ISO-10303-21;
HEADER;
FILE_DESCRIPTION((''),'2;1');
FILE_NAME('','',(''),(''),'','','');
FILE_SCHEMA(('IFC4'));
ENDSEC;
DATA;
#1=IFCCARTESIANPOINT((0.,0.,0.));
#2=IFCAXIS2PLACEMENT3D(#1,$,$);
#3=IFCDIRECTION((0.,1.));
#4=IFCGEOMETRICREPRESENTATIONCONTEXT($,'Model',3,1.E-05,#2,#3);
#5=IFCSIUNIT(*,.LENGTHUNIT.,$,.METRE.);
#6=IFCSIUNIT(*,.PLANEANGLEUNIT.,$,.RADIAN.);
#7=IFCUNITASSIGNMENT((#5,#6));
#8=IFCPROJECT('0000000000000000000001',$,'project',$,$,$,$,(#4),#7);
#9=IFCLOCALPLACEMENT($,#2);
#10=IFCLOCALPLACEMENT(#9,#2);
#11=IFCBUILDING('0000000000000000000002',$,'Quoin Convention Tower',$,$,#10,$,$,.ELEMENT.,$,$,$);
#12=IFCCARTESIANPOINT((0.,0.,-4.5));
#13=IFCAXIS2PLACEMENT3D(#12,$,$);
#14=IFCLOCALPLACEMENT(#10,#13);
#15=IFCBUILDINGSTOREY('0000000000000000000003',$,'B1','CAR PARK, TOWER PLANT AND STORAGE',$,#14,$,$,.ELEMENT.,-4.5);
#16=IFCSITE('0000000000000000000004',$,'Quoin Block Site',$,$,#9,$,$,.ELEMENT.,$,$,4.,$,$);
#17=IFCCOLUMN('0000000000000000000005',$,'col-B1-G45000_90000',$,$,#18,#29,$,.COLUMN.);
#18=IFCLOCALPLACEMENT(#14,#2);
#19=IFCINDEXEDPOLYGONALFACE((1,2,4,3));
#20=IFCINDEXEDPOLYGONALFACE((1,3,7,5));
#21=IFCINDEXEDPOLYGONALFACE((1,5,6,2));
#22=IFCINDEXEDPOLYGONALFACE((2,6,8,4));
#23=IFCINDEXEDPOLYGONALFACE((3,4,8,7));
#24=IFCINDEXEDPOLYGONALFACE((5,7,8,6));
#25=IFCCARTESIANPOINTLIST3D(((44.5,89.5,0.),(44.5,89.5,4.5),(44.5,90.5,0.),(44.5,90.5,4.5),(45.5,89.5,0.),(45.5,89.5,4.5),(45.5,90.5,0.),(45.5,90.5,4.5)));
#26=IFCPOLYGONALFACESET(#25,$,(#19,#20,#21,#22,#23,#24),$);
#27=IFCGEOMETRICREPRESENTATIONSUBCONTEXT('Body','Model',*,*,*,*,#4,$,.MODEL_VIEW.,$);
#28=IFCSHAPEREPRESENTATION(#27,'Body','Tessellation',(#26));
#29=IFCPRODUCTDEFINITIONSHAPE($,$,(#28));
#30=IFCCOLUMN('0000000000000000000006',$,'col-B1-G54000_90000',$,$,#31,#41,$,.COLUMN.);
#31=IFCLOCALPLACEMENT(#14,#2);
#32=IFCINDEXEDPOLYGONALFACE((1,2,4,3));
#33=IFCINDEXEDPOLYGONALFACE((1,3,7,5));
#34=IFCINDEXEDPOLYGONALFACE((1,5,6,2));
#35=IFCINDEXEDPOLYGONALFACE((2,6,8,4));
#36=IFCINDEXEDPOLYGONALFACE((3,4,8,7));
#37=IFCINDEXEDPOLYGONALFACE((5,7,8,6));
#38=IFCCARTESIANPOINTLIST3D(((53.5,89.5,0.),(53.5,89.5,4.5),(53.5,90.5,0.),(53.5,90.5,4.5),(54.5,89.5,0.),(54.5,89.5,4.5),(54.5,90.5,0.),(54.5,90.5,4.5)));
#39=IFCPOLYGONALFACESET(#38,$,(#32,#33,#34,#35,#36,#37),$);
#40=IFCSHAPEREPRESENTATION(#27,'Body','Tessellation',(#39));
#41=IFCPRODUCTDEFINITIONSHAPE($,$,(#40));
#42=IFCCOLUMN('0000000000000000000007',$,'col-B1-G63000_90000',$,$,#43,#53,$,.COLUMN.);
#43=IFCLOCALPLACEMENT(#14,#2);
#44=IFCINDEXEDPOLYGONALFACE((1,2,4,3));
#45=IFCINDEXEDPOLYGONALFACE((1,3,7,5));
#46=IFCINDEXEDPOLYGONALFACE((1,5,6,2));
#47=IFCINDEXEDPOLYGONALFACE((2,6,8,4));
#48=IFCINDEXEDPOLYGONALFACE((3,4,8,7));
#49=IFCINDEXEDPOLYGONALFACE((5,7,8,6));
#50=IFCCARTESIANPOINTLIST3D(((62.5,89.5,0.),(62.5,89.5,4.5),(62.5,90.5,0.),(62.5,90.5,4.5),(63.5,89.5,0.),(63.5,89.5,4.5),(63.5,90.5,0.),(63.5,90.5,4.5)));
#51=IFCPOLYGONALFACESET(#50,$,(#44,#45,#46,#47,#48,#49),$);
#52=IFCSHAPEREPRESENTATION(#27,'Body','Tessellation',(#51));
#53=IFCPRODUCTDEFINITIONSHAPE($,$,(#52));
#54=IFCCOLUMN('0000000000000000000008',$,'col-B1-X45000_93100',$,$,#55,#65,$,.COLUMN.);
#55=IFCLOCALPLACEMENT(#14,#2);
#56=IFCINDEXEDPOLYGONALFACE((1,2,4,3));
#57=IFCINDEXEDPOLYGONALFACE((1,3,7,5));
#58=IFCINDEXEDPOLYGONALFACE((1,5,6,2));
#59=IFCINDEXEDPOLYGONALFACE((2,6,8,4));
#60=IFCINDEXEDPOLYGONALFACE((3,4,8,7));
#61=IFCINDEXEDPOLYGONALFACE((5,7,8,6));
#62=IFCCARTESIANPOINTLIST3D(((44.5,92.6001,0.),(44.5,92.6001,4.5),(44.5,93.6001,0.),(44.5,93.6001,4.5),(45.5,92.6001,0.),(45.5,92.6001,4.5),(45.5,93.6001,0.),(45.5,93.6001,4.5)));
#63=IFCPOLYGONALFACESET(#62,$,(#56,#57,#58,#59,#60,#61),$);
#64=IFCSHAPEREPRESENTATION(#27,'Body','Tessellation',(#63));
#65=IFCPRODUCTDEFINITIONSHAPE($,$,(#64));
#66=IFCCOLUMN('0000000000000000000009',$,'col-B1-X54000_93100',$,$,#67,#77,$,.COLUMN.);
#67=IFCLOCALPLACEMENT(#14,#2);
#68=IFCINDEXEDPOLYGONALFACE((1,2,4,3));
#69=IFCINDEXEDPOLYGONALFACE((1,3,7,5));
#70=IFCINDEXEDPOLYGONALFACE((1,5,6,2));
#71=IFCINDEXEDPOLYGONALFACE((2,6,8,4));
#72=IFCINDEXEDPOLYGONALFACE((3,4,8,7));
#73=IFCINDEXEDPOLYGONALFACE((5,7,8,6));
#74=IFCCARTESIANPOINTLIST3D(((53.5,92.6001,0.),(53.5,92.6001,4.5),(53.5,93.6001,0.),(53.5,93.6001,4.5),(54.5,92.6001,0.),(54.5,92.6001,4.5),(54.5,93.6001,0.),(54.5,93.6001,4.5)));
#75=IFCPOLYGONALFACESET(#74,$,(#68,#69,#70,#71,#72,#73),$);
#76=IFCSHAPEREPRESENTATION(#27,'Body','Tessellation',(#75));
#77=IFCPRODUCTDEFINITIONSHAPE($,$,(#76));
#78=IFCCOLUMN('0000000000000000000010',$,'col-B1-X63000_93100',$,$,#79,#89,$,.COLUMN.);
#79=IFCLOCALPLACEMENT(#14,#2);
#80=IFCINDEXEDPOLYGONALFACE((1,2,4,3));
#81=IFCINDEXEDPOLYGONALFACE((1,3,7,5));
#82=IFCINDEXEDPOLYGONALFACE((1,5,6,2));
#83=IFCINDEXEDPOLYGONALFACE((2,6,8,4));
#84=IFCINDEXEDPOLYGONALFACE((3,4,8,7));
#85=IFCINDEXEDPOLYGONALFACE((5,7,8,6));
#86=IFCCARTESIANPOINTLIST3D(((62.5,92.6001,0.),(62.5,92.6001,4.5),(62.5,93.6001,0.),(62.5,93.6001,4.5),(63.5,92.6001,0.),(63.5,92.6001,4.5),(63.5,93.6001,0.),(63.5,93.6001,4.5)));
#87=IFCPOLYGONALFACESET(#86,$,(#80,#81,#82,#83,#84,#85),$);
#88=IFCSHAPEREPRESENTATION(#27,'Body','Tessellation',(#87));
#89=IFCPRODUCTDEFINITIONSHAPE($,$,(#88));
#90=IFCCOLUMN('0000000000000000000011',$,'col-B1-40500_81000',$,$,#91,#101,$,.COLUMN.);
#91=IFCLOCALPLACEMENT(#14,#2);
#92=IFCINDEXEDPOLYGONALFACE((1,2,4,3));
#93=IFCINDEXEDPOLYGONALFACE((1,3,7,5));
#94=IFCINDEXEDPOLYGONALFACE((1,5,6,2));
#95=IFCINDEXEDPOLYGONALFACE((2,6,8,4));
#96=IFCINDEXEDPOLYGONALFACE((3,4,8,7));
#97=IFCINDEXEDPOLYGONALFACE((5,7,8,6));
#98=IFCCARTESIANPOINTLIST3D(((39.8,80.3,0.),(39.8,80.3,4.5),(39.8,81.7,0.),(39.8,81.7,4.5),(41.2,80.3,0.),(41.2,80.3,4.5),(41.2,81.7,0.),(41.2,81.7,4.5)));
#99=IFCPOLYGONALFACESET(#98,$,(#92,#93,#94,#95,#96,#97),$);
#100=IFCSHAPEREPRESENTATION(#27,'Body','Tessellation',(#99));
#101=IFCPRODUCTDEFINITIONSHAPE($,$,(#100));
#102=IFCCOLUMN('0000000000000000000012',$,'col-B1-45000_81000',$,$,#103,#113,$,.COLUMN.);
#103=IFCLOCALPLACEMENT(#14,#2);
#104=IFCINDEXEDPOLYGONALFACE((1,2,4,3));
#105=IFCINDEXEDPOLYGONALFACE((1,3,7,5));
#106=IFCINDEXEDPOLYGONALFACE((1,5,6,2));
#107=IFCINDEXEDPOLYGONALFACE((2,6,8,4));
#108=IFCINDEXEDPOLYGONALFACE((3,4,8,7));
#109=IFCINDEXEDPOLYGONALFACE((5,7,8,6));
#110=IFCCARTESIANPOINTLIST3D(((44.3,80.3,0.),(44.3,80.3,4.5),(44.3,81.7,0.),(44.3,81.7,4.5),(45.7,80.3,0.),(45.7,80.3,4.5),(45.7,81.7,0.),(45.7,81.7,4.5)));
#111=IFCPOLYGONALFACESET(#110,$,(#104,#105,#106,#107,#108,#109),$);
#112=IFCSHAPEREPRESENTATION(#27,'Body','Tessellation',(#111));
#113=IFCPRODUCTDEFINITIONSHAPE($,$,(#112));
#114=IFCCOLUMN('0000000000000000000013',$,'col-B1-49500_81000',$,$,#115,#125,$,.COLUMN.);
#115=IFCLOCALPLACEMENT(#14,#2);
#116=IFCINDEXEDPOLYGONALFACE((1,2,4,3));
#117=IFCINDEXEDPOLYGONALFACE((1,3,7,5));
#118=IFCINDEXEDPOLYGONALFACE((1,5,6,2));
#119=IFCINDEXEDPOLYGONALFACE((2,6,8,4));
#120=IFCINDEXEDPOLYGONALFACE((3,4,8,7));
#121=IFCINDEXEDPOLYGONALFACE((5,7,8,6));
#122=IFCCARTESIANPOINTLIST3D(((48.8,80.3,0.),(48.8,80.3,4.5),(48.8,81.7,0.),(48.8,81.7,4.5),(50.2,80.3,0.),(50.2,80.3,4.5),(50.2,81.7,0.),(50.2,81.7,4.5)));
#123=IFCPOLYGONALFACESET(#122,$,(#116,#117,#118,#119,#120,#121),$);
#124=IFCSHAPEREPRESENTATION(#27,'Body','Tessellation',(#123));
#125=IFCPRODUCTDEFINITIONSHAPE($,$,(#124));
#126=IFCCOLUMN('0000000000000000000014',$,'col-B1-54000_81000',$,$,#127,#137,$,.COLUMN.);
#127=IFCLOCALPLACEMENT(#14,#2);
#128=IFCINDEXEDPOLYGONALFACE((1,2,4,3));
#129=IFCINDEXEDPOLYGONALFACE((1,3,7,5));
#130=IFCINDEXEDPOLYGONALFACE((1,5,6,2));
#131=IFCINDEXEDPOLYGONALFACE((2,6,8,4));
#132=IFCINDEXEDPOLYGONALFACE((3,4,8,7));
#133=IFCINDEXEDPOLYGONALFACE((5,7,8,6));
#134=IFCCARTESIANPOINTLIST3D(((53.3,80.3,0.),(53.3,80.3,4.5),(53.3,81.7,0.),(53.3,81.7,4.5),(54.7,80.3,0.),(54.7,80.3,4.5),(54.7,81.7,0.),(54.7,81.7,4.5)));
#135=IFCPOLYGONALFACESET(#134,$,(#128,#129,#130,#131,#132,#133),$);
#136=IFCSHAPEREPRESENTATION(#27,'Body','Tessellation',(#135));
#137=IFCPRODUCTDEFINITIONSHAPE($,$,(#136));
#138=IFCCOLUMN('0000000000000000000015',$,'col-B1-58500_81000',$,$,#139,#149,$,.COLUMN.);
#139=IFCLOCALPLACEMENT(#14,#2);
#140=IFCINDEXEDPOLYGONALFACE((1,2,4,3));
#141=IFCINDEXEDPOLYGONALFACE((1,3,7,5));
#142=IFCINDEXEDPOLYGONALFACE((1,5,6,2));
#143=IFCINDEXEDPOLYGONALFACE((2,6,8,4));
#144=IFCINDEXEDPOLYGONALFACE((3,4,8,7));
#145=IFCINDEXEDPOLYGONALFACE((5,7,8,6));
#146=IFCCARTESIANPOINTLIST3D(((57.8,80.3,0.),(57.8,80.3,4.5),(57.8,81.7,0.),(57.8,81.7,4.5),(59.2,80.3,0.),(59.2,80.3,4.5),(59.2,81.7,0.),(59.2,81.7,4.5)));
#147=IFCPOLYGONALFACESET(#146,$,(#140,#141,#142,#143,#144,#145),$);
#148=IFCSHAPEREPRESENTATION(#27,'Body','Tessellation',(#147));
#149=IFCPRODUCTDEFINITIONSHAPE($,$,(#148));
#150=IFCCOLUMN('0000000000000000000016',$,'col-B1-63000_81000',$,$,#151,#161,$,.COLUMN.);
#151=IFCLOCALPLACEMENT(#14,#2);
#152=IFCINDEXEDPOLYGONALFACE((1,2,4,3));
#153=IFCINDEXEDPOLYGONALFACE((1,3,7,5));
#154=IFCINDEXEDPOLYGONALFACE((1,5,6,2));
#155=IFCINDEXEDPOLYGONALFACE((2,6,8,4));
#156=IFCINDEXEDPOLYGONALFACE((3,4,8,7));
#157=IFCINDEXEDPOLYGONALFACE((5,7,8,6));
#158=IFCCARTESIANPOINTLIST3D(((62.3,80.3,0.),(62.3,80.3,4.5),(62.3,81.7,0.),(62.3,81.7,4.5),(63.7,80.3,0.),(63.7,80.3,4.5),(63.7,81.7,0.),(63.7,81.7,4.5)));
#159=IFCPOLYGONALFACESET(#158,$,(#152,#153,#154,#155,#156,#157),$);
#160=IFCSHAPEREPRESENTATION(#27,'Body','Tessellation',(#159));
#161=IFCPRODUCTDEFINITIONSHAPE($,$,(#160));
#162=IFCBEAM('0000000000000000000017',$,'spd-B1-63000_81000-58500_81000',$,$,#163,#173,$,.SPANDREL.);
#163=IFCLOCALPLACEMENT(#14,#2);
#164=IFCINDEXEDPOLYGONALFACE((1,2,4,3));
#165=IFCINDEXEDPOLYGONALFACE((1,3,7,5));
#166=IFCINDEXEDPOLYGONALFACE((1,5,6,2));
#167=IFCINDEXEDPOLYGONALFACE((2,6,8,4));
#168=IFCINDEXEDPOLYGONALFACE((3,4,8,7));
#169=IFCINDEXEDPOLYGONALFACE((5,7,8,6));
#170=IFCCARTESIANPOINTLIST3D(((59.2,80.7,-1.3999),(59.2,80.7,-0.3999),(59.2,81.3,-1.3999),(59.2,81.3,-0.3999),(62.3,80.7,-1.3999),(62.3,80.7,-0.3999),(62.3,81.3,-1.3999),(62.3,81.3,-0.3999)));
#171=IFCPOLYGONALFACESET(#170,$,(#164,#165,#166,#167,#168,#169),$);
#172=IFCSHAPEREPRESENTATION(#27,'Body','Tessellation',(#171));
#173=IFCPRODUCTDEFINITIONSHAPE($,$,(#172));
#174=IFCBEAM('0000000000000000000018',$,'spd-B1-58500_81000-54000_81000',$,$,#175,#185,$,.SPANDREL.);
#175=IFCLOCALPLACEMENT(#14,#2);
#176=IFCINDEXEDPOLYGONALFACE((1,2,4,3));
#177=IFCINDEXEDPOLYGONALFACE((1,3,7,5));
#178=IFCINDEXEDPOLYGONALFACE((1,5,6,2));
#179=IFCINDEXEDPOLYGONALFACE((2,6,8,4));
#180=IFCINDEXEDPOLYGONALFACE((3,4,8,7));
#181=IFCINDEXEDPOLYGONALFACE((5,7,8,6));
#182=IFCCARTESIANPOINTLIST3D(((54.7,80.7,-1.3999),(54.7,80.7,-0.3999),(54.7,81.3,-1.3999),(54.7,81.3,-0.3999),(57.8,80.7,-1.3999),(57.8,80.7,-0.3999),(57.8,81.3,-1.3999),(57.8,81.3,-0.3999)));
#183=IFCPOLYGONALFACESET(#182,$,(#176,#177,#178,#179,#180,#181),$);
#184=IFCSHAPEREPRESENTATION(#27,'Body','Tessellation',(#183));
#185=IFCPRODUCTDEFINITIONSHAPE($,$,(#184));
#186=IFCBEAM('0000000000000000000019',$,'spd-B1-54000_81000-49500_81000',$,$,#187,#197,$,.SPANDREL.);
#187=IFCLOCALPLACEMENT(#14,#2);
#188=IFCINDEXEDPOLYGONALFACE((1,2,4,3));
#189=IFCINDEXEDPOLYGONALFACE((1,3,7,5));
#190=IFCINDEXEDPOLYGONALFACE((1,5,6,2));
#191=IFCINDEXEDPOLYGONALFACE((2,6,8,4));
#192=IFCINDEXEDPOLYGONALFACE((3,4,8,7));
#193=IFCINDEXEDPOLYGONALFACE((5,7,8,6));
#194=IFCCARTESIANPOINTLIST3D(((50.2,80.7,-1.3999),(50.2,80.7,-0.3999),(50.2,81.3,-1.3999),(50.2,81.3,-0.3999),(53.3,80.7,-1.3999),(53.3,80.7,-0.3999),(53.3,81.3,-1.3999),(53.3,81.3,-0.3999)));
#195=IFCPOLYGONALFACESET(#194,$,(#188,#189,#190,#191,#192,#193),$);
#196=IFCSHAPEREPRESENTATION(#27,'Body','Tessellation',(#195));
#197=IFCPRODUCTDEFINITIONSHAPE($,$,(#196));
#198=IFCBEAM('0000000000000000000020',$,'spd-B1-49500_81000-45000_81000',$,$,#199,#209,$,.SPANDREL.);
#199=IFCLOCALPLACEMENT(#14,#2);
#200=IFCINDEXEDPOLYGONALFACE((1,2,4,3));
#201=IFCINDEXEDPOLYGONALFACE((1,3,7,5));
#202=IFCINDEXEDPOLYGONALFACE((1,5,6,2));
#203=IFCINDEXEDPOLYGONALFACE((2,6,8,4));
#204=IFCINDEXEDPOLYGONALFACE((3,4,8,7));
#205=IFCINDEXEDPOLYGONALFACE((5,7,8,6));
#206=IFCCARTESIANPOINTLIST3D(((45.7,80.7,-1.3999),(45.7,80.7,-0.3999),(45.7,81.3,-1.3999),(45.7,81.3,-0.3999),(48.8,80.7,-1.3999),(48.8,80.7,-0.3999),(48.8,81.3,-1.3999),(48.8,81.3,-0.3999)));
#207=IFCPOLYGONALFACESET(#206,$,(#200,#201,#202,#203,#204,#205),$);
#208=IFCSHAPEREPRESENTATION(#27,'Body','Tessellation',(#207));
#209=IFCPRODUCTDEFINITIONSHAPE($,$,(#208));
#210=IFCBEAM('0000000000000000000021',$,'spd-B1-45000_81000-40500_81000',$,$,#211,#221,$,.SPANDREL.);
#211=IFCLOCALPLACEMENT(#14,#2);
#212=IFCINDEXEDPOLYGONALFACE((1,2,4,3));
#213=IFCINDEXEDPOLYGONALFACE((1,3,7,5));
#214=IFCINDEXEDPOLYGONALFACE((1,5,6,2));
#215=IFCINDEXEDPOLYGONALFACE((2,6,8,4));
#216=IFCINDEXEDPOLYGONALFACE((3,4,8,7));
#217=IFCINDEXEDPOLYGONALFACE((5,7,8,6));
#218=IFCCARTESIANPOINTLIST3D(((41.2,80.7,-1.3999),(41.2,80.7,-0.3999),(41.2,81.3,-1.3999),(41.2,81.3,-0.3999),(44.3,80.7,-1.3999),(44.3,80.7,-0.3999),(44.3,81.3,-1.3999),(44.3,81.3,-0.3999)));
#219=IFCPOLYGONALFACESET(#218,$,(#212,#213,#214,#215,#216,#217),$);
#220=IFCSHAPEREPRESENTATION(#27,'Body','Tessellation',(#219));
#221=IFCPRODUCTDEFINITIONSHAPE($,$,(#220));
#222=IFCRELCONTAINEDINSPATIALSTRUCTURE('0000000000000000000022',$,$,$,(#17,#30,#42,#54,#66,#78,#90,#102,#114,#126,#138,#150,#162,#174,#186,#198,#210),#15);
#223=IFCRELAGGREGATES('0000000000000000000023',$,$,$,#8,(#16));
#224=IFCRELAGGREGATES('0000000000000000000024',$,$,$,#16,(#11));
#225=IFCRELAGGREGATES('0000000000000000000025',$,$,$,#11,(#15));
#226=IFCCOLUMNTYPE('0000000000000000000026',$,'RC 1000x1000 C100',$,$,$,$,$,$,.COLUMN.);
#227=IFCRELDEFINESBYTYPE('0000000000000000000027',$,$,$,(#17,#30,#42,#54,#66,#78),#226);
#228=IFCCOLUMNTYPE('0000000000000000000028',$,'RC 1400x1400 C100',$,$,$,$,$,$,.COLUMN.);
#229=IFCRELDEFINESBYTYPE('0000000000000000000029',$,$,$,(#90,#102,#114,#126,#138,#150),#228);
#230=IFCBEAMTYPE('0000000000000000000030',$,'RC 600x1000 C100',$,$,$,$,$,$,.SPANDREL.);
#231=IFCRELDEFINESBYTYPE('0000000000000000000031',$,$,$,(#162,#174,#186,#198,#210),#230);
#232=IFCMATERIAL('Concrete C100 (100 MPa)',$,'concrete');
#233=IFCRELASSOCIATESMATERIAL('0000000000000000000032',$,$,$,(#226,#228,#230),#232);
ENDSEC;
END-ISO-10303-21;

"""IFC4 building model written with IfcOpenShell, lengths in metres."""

from ifc_helpers import new_model, si_unit, direction, frame, origin, origin_2d, place, context, subcontext, project, spatial, rectangle, extrude, material, material_profile, profile_set, type_object, element, save


model = new_model("IFC4")

# Units and contexts
model_context = context("Model", 3, precision=1e-05, world=origin(), true_north=direction((0.0, 1.0)))
body_context = subcontext(model_context, "Body", "Model", "MODEL_VIEW")
ifc_project = project(units=[si_unit("LENGTHUNIT", "METRE"), si_unit("PLANEANGLEUNIT", "RADIAN")], contexts=[model_context])

# Site, building, storey
site_placement = place(None, origin())
site = spatial("IfcSite", under=ifc_project, at=site_placement, Name="Quoin Block Site", CompositionType="ELEMENT", RefElevation=4.0)
building_placement = place(site_placement, origin())
building = spatial("IfcBuilding", under=site, at=building_placement, Name="Quoin Convention Tower", CompositionType="ELEMENT")
storey_placement = place(building_placement, frame((0.0, 0.0, -4.5)))
storey = spatial("IfcBuildingStorey", under=building, at=storey_placement, Name="B1", Description="CAR PARK, TOWER PLANT AND STORAGE", CompositionType="ELEMENT", Elevation=-4.5)

# Columns
ifc_material = material(Name="Concrete C100 (100 MPa)", Category="concrete")
ifc_material_profile_1 = material_profile(ifc_material, rectangle(XDim=1.0, YDim=1.0, at=origin_2d()), Name="RC 1000x1000")
ifc_profile_set_1 = profile_set([ifc_material_profile_1], Name="Concrete C100 (100 MPa)")
column_type_1 = type_object("IfcColumnType", Name="RC 1000x1000 C100", PredefinedType="COLUMN", material=ifc_profile_set_1)
for number, where, z_axis, x_axis, name in (
    (1, (45.0, 90.0, 0.0), (0.0, 0.0, 1.0), (1.0, 0.0, 0.0), "col-B1-G45000_90000"),
    (2, (54.0, 90.0, 0.0), (0.0, 0.0, 1.0), (1.0, 0.0, 0.0), "col-B1-G54000_90000"),
    (3, (63.0, 90.0, 0.0), (0.0, 0.0, 1.0), (1.0, 0.0, 0.0), "col-B1-G63000_90000"),
    (4, (45.0, 93.1001, 0.0), (0.0, 0.0, 1.0), (1.0, 0.0, 0.0), "col-B1-X45000_93100"),
    (5, (54.0, 93.1001, 0.0), (0.0, 0.0, 1.0), (1.0, 0.0, 0.0), "col-B1-X54000_93100"),
    (6, (63.0, 93.1001, 0.0), (0.0, 0.0, 1.0), (1.0, 0.0, 0.0), "col-B1-X63000_93100"),
):
    element("IfcColumn", number, at=place(storey_placement, frame(where, z_axis=z_axis, x_axis=x_axis)), inside=storey, type_object=column_type_1, Name=name, PredefinedType="COLUMN", context=body_context, shape_type="SweptSolid", body=[
        extrude(rectangle(XDim=1.0, YDim=1.0, at=origin_2d()), origin(), (0.0, 0.0, 1.0), 4.5),
    ])
ifc_material_profile_2 = material_profile(ifc_material, rectangle(XDim=1.3999, YDim=1.3999, at=origin_2d()), Name="RC 1400x1400")
ifc_profile_set_2 = profile_set([ifc_material_profile_2], Name="Concrete C100 (100 MPa)")
column_type_2 = type_object("IfcColumnType", Name="RC 1400x1400 C100", PredefinedType="COLUMN", material=ifc_profile_set_2)
for number, where, z_axis, x_axis, name in (
    (7, (40.5, 81.0, 0.0), (0.0, 0.0, 1.0), (1.0, 0.0, 0.0), "col-B1-40500_81000"),
    (8, (45.0, 81.0, 0.0), (0.0, 0.0, 1.0), (1.0, 0.0, 0.0), "col-B1-45000_81000"),
    (9, (49.5, 81.0, 0.0), (0.0, 0.0, 1.0), (1.0, 0.0, 0.0), "col-B1-49500_81000"),
    (10, (54.0, 81.0, 0.0), (0.0, 0.0, 1.0), (1.0, 0.0, 0.0), "col-B1-54000_81000"),
    (11, (58.5, 81.0, 0.0), (0.0, 0.0, 1.0), (1.0, 0.0, 0.0), "col-B1-58500_81000"),
    (12, (63.0, 81.0, 0.0), (0.0, 0.0, 1.0), (1.0, 0.0, 0.0), "col-B1-63000_81000"),
):
    element("IfcColumn", number, at=place(storey_placement, frame(where, z_axis=z_axis, x_axis=x_axis)), inside=storey, type_object=column_type_2, Name=name, PredefinedType="COLUMN", context=body_context, shape_type="SweptSolid", body=[
        extrude(rectangle(XDim=1.3999, YDim=1.3999, at=origin_2d()), origin(), (0.0, 0.0, 1.0), 4.5),
    ])

# Beams
ifc_material_profile_3 = material_profile(ifc_material, rectangle(XDim=0.6001, YDim=1.0, at=origin_2d()), Name="RC 600x1000")
ifc_profile_set_3 = profile_set([ifc_material_profile_3], Name="Concrete C100 (100 MPa)")
beam_type = type_object("IfcBeamType", Name="RC 600x1000 C100", PredefinedType="SPANDREL", material=ifc_profile_set_3)
for number, where, z_axis, x_axis, name in (
    (13, (62.3, 81.0, -0.8999), (-1.0, 0.0, 0.0), (0.0, -1.0, 0.0), "spd-B1-63000_81000-58500_81000"),
    (14, (57.8, 81.0, -0.8999), (-1.0, 0.0, 0.0), (0.0, -1.0, 0.0), "spd-B1-58500_81000-54000_81000"),
    (15, (53.3, 81.0, -0.8999), (-1.0, 0.0, 0.0), (0.0, -1.0, 0.0), "spd-B1-54000_81000-49500_81000"),
    (16, (48.8, 81.0, -0.8999), (-1.0, 0.0, 0.0), (0.0, -1.0, 0.0), "spd-B1-49500_81000-45000_81000"),
    (17, (44.3, 81.0, -0.8999), (-1.0, 0.0, 0.0), (0.0, -1.0, 0.0), "spd-B1-45000_81000-40500_81000"),
):
    element("IfcBeam", number, at=place(storey_placement, frame(where, z_axis=z_axis, x_axis=x_axis)), inside=storey, type_object=beam_type, Name=name, PredefinedType="SPANDREL", context=body_context, shape_type="SweptSolid", body=[
        extrude(rectangle(XDim=0.6001, YDim=1.0, at=origin_2d()), origin(), (0.0, 0.0, 1.0), 3.1001),
    ])

save(model, "model.ifc")
